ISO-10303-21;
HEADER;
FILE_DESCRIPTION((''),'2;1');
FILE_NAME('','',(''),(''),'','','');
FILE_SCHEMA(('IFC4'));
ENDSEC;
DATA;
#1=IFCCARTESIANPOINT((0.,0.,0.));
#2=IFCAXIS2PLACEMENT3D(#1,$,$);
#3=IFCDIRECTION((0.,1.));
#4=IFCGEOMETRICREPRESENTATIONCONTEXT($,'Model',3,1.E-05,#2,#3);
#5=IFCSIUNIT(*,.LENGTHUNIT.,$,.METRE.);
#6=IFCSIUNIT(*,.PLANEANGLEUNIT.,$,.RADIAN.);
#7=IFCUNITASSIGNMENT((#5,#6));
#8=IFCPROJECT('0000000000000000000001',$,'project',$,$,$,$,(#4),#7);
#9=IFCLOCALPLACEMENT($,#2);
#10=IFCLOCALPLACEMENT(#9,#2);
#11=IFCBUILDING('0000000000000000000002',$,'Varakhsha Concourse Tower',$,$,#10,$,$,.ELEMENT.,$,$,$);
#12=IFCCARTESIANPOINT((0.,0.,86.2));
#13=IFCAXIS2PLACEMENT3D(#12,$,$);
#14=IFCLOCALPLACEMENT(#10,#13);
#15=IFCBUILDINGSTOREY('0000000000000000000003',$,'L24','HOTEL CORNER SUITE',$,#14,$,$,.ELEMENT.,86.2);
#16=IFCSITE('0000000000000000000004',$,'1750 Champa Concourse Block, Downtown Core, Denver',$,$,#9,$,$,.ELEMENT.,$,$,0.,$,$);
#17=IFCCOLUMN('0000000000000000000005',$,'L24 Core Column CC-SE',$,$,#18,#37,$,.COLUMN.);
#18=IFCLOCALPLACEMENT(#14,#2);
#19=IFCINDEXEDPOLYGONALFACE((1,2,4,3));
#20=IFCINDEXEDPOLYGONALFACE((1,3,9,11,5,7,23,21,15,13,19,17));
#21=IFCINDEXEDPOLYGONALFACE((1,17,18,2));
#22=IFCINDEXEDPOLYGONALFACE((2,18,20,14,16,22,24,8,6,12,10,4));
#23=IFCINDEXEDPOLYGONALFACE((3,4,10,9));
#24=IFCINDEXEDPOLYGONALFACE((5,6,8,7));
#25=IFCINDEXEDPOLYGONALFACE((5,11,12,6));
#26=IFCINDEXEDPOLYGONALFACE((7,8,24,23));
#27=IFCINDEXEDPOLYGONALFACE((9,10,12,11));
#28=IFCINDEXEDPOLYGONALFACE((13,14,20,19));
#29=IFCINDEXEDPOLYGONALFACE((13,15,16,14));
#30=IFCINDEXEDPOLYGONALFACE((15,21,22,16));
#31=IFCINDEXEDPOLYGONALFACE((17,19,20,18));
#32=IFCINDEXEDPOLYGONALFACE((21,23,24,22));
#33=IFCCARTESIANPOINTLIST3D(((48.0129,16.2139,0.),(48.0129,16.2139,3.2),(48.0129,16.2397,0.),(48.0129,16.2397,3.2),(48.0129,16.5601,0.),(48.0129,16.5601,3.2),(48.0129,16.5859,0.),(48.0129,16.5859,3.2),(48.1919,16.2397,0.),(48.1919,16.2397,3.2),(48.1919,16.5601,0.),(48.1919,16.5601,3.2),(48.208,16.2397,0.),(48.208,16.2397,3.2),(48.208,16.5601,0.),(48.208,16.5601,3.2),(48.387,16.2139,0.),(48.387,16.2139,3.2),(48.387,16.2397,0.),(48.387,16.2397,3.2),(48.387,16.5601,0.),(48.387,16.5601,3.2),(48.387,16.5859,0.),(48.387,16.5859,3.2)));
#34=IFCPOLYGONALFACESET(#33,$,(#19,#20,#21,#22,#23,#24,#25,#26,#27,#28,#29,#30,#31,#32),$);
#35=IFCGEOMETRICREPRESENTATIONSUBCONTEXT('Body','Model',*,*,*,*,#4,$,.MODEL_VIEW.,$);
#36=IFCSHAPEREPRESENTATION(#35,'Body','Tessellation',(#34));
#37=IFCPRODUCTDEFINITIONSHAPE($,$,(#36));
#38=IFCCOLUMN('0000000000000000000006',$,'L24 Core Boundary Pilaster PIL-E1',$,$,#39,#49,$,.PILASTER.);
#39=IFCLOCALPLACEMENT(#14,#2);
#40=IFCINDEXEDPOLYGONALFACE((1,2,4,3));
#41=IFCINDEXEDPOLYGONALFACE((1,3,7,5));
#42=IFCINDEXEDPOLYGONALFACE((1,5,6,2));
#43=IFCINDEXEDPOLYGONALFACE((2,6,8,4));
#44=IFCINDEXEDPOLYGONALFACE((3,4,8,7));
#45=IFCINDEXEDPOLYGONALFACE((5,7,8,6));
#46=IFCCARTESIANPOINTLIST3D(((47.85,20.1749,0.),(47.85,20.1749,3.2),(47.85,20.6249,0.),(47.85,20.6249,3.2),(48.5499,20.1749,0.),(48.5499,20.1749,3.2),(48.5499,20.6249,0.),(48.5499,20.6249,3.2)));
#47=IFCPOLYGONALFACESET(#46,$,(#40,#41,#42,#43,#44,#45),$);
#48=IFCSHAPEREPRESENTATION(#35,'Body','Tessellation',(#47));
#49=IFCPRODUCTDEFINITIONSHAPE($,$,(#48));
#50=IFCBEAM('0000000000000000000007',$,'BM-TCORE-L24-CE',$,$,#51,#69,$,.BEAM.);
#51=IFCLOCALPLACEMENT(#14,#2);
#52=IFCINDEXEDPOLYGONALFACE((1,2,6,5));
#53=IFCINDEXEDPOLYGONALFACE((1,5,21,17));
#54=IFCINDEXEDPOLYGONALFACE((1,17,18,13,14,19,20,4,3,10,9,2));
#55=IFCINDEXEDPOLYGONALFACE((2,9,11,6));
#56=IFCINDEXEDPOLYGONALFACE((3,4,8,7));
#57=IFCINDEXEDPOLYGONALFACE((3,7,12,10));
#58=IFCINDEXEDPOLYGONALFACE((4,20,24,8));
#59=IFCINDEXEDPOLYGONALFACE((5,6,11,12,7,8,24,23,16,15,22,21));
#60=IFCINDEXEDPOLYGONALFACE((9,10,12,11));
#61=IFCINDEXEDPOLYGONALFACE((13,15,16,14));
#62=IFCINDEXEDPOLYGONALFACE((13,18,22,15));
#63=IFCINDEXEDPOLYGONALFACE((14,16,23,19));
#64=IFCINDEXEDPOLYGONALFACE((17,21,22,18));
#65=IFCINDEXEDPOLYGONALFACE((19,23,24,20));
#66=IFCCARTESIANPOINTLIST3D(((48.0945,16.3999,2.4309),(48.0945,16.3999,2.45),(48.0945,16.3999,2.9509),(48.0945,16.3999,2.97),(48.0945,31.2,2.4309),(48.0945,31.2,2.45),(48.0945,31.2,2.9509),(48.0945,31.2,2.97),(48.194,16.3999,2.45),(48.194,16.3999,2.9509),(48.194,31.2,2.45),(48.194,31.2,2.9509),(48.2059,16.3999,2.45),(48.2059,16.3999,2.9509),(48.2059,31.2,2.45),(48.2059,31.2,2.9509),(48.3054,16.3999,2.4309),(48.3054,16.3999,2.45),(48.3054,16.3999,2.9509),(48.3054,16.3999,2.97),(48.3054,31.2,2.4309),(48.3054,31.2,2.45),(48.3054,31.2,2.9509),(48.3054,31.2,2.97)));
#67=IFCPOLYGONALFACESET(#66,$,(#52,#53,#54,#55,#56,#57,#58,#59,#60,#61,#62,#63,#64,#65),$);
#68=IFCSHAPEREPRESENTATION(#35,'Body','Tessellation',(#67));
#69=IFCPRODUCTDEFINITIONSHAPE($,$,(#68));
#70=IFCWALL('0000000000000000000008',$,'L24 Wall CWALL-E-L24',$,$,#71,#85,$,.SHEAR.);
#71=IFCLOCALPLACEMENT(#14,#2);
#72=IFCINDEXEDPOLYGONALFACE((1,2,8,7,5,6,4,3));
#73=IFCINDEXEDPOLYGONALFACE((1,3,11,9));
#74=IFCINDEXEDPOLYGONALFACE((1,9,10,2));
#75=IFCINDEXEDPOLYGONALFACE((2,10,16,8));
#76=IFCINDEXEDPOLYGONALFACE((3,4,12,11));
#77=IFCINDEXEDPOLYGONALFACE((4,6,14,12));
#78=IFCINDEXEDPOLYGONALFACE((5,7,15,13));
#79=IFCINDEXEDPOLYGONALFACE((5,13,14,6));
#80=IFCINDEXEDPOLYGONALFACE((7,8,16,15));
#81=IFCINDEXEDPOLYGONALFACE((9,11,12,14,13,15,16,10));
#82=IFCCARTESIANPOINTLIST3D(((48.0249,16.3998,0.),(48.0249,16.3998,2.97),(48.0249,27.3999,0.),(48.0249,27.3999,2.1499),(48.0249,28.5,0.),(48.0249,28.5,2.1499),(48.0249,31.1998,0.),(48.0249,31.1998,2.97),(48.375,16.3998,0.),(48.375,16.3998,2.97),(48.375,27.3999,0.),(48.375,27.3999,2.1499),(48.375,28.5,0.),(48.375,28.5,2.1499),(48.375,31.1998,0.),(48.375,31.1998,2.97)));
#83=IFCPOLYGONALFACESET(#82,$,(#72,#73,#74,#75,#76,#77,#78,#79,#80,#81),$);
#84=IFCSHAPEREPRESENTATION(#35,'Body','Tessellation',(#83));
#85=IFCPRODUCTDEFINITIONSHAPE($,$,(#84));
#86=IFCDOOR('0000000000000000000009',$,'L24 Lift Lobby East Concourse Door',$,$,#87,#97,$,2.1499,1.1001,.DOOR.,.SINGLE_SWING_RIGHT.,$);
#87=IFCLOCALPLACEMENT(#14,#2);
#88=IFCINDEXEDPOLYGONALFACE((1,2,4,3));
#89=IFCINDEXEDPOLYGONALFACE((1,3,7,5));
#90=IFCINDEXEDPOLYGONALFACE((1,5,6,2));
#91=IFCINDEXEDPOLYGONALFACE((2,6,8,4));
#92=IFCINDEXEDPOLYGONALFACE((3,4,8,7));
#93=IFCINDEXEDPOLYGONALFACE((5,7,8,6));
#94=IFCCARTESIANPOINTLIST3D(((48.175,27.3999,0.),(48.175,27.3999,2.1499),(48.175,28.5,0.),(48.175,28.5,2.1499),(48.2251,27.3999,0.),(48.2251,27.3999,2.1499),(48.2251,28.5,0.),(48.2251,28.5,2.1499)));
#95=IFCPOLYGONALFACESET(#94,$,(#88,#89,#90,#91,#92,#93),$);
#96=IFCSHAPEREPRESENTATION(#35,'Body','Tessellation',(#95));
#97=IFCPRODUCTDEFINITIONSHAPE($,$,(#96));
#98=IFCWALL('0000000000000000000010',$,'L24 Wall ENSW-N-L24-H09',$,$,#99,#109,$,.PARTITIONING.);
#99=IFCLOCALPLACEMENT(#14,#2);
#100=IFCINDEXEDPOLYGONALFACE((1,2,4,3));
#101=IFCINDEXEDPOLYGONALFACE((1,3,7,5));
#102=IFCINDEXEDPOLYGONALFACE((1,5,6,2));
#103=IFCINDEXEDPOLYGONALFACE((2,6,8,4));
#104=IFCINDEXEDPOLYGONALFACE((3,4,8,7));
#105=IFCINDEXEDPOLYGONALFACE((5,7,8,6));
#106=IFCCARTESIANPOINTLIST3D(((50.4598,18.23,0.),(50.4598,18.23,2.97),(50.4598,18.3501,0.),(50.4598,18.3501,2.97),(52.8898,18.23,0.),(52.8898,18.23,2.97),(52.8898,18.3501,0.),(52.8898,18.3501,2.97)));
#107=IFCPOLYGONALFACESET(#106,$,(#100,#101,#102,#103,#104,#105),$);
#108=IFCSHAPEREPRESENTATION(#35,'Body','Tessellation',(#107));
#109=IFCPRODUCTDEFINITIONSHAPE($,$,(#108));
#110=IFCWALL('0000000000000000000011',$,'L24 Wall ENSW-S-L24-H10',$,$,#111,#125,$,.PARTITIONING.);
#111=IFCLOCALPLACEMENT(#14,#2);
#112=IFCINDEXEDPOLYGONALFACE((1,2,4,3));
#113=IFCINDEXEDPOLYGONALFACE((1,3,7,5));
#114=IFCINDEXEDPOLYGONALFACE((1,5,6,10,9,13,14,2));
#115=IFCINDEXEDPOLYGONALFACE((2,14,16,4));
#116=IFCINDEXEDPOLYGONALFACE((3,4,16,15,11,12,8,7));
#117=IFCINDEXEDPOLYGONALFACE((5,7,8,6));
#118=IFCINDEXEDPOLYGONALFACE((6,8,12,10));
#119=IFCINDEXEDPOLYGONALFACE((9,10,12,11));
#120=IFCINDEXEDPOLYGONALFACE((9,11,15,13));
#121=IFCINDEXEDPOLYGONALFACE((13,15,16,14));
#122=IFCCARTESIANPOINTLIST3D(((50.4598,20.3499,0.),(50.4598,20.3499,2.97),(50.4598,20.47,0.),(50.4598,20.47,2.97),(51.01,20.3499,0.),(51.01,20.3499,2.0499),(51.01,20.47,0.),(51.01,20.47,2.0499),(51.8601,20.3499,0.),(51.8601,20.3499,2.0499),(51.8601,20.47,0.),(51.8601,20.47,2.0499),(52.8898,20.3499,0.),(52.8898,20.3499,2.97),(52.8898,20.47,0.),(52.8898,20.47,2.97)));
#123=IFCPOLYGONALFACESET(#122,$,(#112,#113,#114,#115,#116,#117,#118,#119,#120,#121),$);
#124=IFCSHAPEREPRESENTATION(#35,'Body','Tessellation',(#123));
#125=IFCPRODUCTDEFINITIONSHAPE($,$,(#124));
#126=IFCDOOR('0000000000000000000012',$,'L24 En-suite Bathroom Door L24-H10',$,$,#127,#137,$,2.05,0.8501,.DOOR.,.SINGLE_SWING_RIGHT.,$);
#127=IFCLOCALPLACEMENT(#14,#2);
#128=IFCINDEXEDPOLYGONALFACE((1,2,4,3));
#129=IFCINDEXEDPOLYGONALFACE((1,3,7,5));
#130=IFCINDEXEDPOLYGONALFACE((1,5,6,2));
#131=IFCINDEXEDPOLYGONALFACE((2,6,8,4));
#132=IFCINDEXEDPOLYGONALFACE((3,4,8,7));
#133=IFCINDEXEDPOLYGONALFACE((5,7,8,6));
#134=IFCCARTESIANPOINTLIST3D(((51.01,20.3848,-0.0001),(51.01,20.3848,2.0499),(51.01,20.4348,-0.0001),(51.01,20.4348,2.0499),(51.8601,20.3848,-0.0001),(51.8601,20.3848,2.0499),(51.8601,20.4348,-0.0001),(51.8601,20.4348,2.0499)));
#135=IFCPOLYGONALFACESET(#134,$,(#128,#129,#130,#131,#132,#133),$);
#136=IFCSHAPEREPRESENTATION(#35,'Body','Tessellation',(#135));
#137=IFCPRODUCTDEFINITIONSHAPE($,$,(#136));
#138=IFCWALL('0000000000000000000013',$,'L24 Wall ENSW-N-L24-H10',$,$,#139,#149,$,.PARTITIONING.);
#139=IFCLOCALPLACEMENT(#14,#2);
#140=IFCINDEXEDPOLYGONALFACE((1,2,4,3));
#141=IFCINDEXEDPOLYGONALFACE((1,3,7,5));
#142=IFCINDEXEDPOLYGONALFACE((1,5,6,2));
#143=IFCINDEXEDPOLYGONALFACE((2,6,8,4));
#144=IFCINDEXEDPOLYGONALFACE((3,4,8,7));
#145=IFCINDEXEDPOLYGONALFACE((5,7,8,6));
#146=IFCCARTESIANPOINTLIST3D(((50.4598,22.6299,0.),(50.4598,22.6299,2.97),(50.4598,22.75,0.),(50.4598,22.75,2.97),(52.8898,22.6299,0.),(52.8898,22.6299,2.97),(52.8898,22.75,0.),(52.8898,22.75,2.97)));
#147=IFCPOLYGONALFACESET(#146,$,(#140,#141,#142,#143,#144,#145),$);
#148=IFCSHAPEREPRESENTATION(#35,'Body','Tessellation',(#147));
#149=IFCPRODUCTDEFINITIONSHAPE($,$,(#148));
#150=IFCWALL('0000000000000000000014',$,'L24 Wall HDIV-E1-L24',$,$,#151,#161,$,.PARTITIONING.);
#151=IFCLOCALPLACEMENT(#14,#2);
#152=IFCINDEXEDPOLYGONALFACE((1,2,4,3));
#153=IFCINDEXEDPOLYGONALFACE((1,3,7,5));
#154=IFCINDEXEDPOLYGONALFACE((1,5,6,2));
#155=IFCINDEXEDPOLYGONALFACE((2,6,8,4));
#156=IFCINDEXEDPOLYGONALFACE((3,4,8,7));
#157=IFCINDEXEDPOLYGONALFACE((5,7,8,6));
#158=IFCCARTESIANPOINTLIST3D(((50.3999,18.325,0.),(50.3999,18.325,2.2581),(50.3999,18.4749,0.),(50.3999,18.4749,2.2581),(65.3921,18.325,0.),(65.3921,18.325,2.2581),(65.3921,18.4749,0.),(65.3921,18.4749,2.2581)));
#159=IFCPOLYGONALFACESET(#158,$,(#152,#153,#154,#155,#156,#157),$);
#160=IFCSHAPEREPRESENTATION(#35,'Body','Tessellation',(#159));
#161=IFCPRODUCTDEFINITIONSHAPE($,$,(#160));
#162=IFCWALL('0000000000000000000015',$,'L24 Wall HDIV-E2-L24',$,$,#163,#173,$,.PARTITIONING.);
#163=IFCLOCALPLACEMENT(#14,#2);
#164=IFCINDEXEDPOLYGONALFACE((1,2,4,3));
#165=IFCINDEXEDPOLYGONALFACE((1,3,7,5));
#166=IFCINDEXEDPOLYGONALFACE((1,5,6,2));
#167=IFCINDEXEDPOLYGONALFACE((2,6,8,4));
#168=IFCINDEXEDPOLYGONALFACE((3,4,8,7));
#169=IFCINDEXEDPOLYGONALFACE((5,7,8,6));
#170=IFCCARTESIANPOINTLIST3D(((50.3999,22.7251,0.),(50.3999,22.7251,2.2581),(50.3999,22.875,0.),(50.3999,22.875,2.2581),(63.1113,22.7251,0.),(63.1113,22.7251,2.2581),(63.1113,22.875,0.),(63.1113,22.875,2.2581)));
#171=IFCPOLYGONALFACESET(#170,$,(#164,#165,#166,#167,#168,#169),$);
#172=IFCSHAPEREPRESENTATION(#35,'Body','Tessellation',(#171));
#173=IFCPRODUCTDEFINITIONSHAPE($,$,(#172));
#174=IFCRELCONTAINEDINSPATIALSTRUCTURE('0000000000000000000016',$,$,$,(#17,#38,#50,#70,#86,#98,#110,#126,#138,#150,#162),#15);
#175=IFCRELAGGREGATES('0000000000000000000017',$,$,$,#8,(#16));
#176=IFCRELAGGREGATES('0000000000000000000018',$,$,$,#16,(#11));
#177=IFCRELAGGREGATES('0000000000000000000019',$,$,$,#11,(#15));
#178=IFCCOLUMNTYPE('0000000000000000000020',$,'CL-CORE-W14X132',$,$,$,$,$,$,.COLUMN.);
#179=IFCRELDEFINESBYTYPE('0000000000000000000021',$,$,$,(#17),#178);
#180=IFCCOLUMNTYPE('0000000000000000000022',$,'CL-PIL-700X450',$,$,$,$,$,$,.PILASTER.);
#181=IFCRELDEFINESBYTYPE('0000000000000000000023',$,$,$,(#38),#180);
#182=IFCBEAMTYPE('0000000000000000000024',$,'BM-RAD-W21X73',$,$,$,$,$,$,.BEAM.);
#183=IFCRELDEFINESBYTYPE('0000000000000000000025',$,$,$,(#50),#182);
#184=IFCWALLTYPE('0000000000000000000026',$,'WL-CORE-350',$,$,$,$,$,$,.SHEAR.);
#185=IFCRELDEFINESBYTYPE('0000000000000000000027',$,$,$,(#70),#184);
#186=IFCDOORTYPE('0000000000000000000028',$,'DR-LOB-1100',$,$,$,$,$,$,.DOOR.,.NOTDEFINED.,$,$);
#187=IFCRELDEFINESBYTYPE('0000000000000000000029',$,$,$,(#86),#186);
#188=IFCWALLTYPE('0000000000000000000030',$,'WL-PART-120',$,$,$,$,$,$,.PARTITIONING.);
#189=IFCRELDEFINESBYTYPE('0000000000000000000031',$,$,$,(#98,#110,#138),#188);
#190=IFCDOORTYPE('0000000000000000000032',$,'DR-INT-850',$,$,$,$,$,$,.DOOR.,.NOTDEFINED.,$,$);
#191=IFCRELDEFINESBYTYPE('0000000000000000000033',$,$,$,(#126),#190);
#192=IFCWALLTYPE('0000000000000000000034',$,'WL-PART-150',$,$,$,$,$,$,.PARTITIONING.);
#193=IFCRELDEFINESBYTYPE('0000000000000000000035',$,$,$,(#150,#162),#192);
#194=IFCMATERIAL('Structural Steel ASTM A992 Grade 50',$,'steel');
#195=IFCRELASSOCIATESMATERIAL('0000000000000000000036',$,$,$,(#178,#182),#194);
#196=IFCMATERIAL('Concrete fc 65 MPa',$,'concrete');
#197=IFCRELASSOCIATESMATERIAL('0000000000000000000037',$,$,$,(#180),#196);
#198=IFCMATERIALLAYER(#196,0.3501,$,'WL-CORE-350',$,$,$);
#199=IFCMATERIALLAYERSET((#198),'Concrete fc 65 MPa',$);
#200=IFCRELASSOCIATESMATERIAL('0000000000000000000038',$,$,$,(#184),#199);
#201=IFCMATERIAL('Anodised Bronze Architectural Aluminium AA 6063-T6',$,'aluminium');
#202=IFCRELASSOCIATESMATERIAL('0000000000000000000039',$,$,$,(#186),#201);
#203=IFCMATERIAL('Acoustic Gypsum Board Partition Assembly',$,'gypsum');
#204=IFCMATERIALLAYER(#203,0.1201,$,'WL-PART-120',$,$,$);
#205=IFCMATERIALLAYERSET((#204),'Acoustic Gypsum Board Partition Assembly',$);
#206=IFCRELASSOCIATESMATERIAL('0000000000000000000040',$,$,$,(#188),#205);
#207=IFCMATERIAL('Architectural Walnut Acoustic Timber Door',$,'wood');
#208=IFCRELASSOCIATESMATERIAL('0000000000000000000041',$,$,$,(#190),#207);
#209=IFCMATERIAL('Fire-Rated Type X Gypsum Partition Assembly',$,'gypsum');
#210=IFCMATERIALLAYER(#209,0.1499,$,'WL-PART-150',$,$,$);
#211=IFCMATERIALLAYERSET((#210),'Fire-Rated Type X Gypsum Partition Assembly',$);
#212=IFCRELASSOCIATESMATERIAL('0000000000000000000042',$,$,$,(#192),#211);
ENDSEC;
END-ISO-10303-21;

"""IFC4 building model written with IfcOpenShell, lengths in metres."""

from ifc_helpers import new_model, si_unit, direction, frame, frame_2d, origin, origin_2d, place, context, subcontext, project, spatial, rectangle, i_section, extrude, material, layer, layer_set, material_profile, profile_set, type_object, element, fill, save


model = new_model("IFC4")

# Units and contexts
model_context = context("Model", 3, precision=1e-05, world=origin(), true_north=direction((0.0, 1.0)))
body_context = subcontext(model_context, "Body", "Model", "MODEL_VIEW")
ifc_project = project(units=[si_unit("LENGTHUNIT", "METRE"), si_unit("PLANEANGLEUNIT", "RADIAN")], contexts=[model_context])

# Site, building, storey
site_placement = place(None, origin())
site = spatial("IfcSite", under=ifc_project, at=site_placement, Name="1750 Champa Concourse Block, Downtown Core, Denver", CompositionType="ELEMENT", RefElevation=0.0)
building_placement = place(site_placement, origin())
building = spatial("IfcBuilding", under=site, at=building_placement, Name="Varakhsha Concourse Tower", CompositionType="ELEMENT")
storey_placement = place(building_placement, frame((0.0, 0.0, 86.2)))
storey = spatial("IfcBuildingStorey", under=building, at=storey_placement, Name="L24", Description="HOTEL CORNER SUITE", CompositionType="ELEMENT", Elevation=86.2)

# Columns
ifc_material_1 = material(Name="Structural Steel ASTM A992 Grade 50", Category="steel")
ifc_material_profile_1 = material_profile(ifc_material_1, i_section(OverallWidth=0.374, OverallDepth=0.3721, WebThickness=0.0161, FlangeThickness=0.0259, at=origin_2d()), Name="W14X132")
ifc_profile_set_1 = profile_set([ifc_material_profile_1], Name="Structural Steel ASTM A992 Grade 50")
column_type_1 = type_object("IfcColumnType", Name="CL-CORE-W14X132", PredefinedType="COLUMN", material=ifc_profile_set_1)
column_1_placement = place(storey_placement, frame((48.2, 16.3999, 0.0), z_axis=(0.0, 0.0, 1.0), x_axis=(1.0, 0.0, 0.0)))
element("IfcColumn", 1, at=column_1_placement, inside=storey, type_object=column_type_1, Name="L24 Core Column CC-SE", PredefinedType="COLUMN", context=body_context, shape_type="SweptSolid", body=[
    extrude(i_section(OverallWidth=0.374, OverallDepth=0.3721, WebThickness=0.0161, FlangeThickness=0.0259, at=origin_2d()), origin(), (0.0, 0.0, 1.0), 3.2),
])
ifc_material_2 = material(Name="Concrete fc 65 MPa", Category="concrete")
ifc_material_profile_2 = material_profile(ifc_material_2, rectangle(XDim=0.7, YDim=0.45, at=origin_2d()), Name="RC 700x450")
ifc_profile_set_2 = profile_set([ifc_material_profile_2], Name="Concrete fc 65 MPa")
column_type_2 = type_object("IfcColumnType", Name="CL-PIL-700X450", PredefinedType="PILASTER", material=ifc_profile_set_2)
column_2_placement = place(storey_placement, frame((48.2, 20.3999, 0.0), z_axis=(0.0, 0.0, 1.0), x_axis=(1.0, 0.0, 0.0)))
element("IfcColumn", 2, at=column_2_placement, inside=storey, type_object=column_type_2, Name="L24 Core Boundary Pilaster PIL-E1", PredefinedType="PILASTER", context=body_context, shape_type="SweptSolid", body=[
    extrude(rectangle(XDim=0.7, YDim=0.45, at=origin_2d()), origin(), (0.0, 0.0, 1.0), 3.2),
])

# Beam
ifc_material_profile_3 = material_profile(ifc_material_1, i_section(OverallWidth=0.2109, OverallDepth=0.5391, WebThickness=0.012, FlangeThickness=0.019, at=origin_2d()), Name="W21X73")
ifc_profile_set_3 = profile_set([ifc_material_profile_3], Name="Structural Steel ASTM A992 Grade 50")
beam_type = type_object("IfcBeamType", Name="BM-RAD-W21X73", PredefinedType="BEAM", material=ifc_profile_set_3)
beam_placement = place(storey_placement, frame((48.2, 16.3999, 2.7004), z_axis=(0.0, 1.0, 0.0), x_axis=(-1.0, 0.0, 0.0)))
element("IfcBeam", 3, at=beam_placement, inside=storey, type_object=beam_type, Name="BM-TCORE-L24-CE", PredefinedType="BEAM", context=body_context, shape_type="SweptSolid", body=[
    extrude(i_section(OverallWidth=0.2109, OverallDepth=0.5391, WebThickness=0.012, FlangeThickness=0.019, at=origin_2d()), origin(), (0.0, 0.0, 1.0), 14.8),
])

# Wall, opening, door
ifc_layer_1 = layer(ifc_material_2, 0.3501, Name="WL-CORE-350")
ifc_layer_set_1 = layer_set([ifc_layer_1], Name="Concrete fc 65 MPa")
wall_type_1 = type_object("IfcWallType", Name="WL-CORE-350", PredefinedType="SHEAR", material=ifc_layer_set_1)
wall_1_placement = place(storey_placement, frame((48.2, 16.3999, 0.0), z_axis=(0.0, 0.0, 1.0), x_axis=(0.0, 1.0, 0.0)))
wall_1 = element("IfcWall", 4, at=wall_1_placement, inside=storey, type_object=wall_type_1, Name="L24 Wall CWALL-E-L24", PredefinedType="SHEAR", context=body_context, shape_type="SweptSolid", body=[
    extrude(rectangle(XDim=14.8, YDim=0.3501, at=frame_2d((7.3999, 0.0))), origin(), (0.0, 0.0, 1.0), 2.97),
])
opening_1_placement = place(wall_1_placement, frame((11.0, 0.0, 0.0)))
opening_1 = element("IfcOpeningElement", 5, at=opening_1_placement, cuts=wall_1, PredefinedType="OPENING", context=body_context, shape_type="SweptSolid", body=[
    extrude(rectangle(XDim=1.1001, YDim=2.1499, at=frame_2d((0.55, 1.075))), frame((0.0, 0.1851, 0.0), z_axis=(0.0, -1.0, 0.0), x_axis=(1.0, 0.0, 0.0)), (0.0, 0.0, 1.0), 0.3701),
])
ifc_material_3 = material(Name="Anodised Bronze Architectural Aluminium AA 6063-T6", Category="aluminium")
door_type_1 = type_object("IfcDoorType", Name="DR-LOB-1100", OperationType="NOTDEFINED", PredefinedType="DOOR", material=ifc_material_3)
door_1_placement = place(opening_1_placement, origin())
door_1 = element("IfcDoor", 6, at=door_1_placement, inside=storey, type_object=door_type_1, Name="L24 Lift Lobby East Concourse Door", OperationType="SINGLE_SWING_RIGHT", OverallHeight=2.1499, OverallWidth=1.1001, PredefinedType="DOOR", context=body_context, shape_type="SweptSolid", body=[
    extrude(rectangle(XDim=1.1001, YDim=2.1499, at=frame_2d((0.55, 1.075))), frame((0.0, 0.0249, 0.0), z_axis=(0.0, -1.0, 0.0), x_axis=(1.0, 0.0, 0.0)), (0.0, 0.0, 1.0), 0.05),
])
fill(opening_1, door_1)

# Wall
ifc_material_4 = material(Name="Acoustic Gypsum Board Partition Assembly", Category="gypsum")
ifc_layer_2 = layer(ifc_material_4, 0.1201, Name="WL-PART-120")
ifc_layer_set_2 = layer_set([ifc_layer_2], Name="Acoustic Gypsum Board Partition Assembly")
wall_type_2 = type_object("IfcWallType", Name="WL-PART-120", PredefinedType="PARTITIONING", material=ifc_layer_set_2)
wall_2_placement = place(storey_placement, frame((50.46, 18.29, 0.0), z_axis=(0.0, 0.0, 1.0), x_axis=(1.0, 0.0, 0.0)))
element("IfcWall", 7, at=wall_2_placement, inside=storey, type_object=wall_type_2, Name="L24 Wall ENSW-N-L24-H09", PredefinedType="PARTITIONING", context=body_context, shape_type="SweptSolid", body=[
    extrude(rectangle(XDim=2.4299, YDim=0.1201, at=frame_2d((1.2148, 0.0))), origin(), (0.0, 0.0, 1.0), 2.97),
])

# Wall, opening, door
wall_3_placement = place(storey_placement, frame((50.46, 20.4099, 0.0), z_axis=(0.0, 0.0, 1.0), x_axis=(1.0, 0.0, 0.0)))
wall_3 = element("IfcWall", 8, at=wall_3_placement, inside=storey, type_object=wall_type_2, Name="L24 Wall ENSW-S-L24-H10", PredefinedType="PARTITIONING", context=body_context, shape_type="SweptSolid", body=[
    extrude(rectangle(XDim=2.4299, YDim=0.1201, at=frame_2d((1.2148, 0.0))), origin(), (0.0, 0.0, 1.0), 2.97),
])
opening_2_placement = place(wall_3_placement, frame((0.55, 0.0, 0.0)))
opening_2 = element("IfcOpeningElement", 9, at=opening_2_placement, cuts=wall_3, PredefinedType="OPENING", context=body_context, shape_type="SweptSolid", body=[
    extrude(rectangle(XDim=0.8501, YDim=2.05, at=frame_2d((0.425, 1.0249))), frame((0.0, 0.0701, 0.0), z_axis=(0.0, -1.0, 0.0), x_axis=(1.0, 0.0, 0.0)), (0.0, 0.0, 1.0), 0.1401),
])
ifc_material_5 = material(Name="Architectural Walnut Acoustic Timber Door", Category="wood")
door_type_2 = type_object("IfcDoorType", Name="DR-INT-850", OperationType="NOTDEFINED", PredefinedType="DOOR", material=ifc_material_5)
door_2_placement = place(opening_2_placement, origin())
door_2 = element("IfcDoor", 10, at=door_2_placement, inside=storey, type_object=door_type_2, Name="L24 En-suite Bathroom Door L24-H10", OperationType="SINGLE_SWING_RIGHT", OverallHeight=2.05, OverallWidth=0.8501, PredefinedType="DOOR", context=body_context, shape_type="SweptSolid", body=[
    extrude(rectangle(XDim=0.8501, YDim=2.05, at=frame_2d((0.425, 1.0249))), frame((0.0, 0.0249, 0.0), z_axis=(0.0, -1.0, 0.0), x_axis=(1.0, 0.0, 0.0)), (0.0, 0.0, 1.0), 0.05),
])
fill(opening_2, door_2)

# Walls
wall_4_placement = place(storey_placement, frame((50.46, 22.6899, 0.0), z_axis=(0.0, 0.0, 1.0), x_axis=(1.0, 0.0, 0.0)))
element("IfcWall", 11, at=wall_4_placement, inside=storey, type_object=wall_type_2, Name="L24 Wall ENSW-N-L24-H10", PredefinedType="PARTITIONING", context=body_context, shape_type="SweptSolid", body=[
    extrude(rectangle(XDim=2.4299, YDim=0.1201, at=frame_2d((1.2148, 0.0))), origin(), (0.0, 0.0, 1.0), 2.97),
])
ifc_material_6 = material(Name="Fire-Rated Type X Gypsum Partition Assembly", Category="gypsum")
ifc_layer_3 = layer(ifc_material_6, 0.1499, Name="WL-PART-150")
ifc_layer_set_3 = layer_set([ifc_layer_3], Name="Fire-Rated Type X Gypsum Partition Assembly")
wall_type_3 = type_object("IfcWallType", Name="WL-PART-150", PredefinedType="PARTITIONING", material=ifc_layer_set_3)
wall_5_placement = place(storey_placement, frame((50.3999, 18.3999, 0.0), z_axis=(0.0, 0.0, 1.0), x_axis=(1.0, 0.0, 0.0)))
element("IfcWall", 12, at=wall_5_placement, inside=storey, type_object=wall_type_3, Name="L24 Wall HDIV-E1-L24", PredefinedType="PARTITIONING", context=body_context, shape_type="SweptSolid", body=[
    extrude(rectangle(XDim=14.9922, YDim=0.1499, at=frame_2d((7.4961, 0.0))), origin(), (0.0, 0.0, 1.0), 2.2581),
])
wall_6_placement = place(storey_placement, frame((50.3999, 22.8, 0.0), z_axis=(0.0, 0.0, 1.0), x_axis=(1.0, 0.0, 0.0)))
element("IfcWall", 13, at=wall_6_placement, inside=storey, type_object=wall_type_3, Name="L24 Wall HDIV-E2-L24", PredefinedType="PARTITIONING", context=body_context, shape_type="SweptSolid", body=[
    extrude(rectangle(XDim=12.7114, YDim=0.1499, at=frame_2d((6.3557, 0.0))), origin(), (0.0, 0.0, 1.0), 2.2581),
])

save(model, "model.ifc")
